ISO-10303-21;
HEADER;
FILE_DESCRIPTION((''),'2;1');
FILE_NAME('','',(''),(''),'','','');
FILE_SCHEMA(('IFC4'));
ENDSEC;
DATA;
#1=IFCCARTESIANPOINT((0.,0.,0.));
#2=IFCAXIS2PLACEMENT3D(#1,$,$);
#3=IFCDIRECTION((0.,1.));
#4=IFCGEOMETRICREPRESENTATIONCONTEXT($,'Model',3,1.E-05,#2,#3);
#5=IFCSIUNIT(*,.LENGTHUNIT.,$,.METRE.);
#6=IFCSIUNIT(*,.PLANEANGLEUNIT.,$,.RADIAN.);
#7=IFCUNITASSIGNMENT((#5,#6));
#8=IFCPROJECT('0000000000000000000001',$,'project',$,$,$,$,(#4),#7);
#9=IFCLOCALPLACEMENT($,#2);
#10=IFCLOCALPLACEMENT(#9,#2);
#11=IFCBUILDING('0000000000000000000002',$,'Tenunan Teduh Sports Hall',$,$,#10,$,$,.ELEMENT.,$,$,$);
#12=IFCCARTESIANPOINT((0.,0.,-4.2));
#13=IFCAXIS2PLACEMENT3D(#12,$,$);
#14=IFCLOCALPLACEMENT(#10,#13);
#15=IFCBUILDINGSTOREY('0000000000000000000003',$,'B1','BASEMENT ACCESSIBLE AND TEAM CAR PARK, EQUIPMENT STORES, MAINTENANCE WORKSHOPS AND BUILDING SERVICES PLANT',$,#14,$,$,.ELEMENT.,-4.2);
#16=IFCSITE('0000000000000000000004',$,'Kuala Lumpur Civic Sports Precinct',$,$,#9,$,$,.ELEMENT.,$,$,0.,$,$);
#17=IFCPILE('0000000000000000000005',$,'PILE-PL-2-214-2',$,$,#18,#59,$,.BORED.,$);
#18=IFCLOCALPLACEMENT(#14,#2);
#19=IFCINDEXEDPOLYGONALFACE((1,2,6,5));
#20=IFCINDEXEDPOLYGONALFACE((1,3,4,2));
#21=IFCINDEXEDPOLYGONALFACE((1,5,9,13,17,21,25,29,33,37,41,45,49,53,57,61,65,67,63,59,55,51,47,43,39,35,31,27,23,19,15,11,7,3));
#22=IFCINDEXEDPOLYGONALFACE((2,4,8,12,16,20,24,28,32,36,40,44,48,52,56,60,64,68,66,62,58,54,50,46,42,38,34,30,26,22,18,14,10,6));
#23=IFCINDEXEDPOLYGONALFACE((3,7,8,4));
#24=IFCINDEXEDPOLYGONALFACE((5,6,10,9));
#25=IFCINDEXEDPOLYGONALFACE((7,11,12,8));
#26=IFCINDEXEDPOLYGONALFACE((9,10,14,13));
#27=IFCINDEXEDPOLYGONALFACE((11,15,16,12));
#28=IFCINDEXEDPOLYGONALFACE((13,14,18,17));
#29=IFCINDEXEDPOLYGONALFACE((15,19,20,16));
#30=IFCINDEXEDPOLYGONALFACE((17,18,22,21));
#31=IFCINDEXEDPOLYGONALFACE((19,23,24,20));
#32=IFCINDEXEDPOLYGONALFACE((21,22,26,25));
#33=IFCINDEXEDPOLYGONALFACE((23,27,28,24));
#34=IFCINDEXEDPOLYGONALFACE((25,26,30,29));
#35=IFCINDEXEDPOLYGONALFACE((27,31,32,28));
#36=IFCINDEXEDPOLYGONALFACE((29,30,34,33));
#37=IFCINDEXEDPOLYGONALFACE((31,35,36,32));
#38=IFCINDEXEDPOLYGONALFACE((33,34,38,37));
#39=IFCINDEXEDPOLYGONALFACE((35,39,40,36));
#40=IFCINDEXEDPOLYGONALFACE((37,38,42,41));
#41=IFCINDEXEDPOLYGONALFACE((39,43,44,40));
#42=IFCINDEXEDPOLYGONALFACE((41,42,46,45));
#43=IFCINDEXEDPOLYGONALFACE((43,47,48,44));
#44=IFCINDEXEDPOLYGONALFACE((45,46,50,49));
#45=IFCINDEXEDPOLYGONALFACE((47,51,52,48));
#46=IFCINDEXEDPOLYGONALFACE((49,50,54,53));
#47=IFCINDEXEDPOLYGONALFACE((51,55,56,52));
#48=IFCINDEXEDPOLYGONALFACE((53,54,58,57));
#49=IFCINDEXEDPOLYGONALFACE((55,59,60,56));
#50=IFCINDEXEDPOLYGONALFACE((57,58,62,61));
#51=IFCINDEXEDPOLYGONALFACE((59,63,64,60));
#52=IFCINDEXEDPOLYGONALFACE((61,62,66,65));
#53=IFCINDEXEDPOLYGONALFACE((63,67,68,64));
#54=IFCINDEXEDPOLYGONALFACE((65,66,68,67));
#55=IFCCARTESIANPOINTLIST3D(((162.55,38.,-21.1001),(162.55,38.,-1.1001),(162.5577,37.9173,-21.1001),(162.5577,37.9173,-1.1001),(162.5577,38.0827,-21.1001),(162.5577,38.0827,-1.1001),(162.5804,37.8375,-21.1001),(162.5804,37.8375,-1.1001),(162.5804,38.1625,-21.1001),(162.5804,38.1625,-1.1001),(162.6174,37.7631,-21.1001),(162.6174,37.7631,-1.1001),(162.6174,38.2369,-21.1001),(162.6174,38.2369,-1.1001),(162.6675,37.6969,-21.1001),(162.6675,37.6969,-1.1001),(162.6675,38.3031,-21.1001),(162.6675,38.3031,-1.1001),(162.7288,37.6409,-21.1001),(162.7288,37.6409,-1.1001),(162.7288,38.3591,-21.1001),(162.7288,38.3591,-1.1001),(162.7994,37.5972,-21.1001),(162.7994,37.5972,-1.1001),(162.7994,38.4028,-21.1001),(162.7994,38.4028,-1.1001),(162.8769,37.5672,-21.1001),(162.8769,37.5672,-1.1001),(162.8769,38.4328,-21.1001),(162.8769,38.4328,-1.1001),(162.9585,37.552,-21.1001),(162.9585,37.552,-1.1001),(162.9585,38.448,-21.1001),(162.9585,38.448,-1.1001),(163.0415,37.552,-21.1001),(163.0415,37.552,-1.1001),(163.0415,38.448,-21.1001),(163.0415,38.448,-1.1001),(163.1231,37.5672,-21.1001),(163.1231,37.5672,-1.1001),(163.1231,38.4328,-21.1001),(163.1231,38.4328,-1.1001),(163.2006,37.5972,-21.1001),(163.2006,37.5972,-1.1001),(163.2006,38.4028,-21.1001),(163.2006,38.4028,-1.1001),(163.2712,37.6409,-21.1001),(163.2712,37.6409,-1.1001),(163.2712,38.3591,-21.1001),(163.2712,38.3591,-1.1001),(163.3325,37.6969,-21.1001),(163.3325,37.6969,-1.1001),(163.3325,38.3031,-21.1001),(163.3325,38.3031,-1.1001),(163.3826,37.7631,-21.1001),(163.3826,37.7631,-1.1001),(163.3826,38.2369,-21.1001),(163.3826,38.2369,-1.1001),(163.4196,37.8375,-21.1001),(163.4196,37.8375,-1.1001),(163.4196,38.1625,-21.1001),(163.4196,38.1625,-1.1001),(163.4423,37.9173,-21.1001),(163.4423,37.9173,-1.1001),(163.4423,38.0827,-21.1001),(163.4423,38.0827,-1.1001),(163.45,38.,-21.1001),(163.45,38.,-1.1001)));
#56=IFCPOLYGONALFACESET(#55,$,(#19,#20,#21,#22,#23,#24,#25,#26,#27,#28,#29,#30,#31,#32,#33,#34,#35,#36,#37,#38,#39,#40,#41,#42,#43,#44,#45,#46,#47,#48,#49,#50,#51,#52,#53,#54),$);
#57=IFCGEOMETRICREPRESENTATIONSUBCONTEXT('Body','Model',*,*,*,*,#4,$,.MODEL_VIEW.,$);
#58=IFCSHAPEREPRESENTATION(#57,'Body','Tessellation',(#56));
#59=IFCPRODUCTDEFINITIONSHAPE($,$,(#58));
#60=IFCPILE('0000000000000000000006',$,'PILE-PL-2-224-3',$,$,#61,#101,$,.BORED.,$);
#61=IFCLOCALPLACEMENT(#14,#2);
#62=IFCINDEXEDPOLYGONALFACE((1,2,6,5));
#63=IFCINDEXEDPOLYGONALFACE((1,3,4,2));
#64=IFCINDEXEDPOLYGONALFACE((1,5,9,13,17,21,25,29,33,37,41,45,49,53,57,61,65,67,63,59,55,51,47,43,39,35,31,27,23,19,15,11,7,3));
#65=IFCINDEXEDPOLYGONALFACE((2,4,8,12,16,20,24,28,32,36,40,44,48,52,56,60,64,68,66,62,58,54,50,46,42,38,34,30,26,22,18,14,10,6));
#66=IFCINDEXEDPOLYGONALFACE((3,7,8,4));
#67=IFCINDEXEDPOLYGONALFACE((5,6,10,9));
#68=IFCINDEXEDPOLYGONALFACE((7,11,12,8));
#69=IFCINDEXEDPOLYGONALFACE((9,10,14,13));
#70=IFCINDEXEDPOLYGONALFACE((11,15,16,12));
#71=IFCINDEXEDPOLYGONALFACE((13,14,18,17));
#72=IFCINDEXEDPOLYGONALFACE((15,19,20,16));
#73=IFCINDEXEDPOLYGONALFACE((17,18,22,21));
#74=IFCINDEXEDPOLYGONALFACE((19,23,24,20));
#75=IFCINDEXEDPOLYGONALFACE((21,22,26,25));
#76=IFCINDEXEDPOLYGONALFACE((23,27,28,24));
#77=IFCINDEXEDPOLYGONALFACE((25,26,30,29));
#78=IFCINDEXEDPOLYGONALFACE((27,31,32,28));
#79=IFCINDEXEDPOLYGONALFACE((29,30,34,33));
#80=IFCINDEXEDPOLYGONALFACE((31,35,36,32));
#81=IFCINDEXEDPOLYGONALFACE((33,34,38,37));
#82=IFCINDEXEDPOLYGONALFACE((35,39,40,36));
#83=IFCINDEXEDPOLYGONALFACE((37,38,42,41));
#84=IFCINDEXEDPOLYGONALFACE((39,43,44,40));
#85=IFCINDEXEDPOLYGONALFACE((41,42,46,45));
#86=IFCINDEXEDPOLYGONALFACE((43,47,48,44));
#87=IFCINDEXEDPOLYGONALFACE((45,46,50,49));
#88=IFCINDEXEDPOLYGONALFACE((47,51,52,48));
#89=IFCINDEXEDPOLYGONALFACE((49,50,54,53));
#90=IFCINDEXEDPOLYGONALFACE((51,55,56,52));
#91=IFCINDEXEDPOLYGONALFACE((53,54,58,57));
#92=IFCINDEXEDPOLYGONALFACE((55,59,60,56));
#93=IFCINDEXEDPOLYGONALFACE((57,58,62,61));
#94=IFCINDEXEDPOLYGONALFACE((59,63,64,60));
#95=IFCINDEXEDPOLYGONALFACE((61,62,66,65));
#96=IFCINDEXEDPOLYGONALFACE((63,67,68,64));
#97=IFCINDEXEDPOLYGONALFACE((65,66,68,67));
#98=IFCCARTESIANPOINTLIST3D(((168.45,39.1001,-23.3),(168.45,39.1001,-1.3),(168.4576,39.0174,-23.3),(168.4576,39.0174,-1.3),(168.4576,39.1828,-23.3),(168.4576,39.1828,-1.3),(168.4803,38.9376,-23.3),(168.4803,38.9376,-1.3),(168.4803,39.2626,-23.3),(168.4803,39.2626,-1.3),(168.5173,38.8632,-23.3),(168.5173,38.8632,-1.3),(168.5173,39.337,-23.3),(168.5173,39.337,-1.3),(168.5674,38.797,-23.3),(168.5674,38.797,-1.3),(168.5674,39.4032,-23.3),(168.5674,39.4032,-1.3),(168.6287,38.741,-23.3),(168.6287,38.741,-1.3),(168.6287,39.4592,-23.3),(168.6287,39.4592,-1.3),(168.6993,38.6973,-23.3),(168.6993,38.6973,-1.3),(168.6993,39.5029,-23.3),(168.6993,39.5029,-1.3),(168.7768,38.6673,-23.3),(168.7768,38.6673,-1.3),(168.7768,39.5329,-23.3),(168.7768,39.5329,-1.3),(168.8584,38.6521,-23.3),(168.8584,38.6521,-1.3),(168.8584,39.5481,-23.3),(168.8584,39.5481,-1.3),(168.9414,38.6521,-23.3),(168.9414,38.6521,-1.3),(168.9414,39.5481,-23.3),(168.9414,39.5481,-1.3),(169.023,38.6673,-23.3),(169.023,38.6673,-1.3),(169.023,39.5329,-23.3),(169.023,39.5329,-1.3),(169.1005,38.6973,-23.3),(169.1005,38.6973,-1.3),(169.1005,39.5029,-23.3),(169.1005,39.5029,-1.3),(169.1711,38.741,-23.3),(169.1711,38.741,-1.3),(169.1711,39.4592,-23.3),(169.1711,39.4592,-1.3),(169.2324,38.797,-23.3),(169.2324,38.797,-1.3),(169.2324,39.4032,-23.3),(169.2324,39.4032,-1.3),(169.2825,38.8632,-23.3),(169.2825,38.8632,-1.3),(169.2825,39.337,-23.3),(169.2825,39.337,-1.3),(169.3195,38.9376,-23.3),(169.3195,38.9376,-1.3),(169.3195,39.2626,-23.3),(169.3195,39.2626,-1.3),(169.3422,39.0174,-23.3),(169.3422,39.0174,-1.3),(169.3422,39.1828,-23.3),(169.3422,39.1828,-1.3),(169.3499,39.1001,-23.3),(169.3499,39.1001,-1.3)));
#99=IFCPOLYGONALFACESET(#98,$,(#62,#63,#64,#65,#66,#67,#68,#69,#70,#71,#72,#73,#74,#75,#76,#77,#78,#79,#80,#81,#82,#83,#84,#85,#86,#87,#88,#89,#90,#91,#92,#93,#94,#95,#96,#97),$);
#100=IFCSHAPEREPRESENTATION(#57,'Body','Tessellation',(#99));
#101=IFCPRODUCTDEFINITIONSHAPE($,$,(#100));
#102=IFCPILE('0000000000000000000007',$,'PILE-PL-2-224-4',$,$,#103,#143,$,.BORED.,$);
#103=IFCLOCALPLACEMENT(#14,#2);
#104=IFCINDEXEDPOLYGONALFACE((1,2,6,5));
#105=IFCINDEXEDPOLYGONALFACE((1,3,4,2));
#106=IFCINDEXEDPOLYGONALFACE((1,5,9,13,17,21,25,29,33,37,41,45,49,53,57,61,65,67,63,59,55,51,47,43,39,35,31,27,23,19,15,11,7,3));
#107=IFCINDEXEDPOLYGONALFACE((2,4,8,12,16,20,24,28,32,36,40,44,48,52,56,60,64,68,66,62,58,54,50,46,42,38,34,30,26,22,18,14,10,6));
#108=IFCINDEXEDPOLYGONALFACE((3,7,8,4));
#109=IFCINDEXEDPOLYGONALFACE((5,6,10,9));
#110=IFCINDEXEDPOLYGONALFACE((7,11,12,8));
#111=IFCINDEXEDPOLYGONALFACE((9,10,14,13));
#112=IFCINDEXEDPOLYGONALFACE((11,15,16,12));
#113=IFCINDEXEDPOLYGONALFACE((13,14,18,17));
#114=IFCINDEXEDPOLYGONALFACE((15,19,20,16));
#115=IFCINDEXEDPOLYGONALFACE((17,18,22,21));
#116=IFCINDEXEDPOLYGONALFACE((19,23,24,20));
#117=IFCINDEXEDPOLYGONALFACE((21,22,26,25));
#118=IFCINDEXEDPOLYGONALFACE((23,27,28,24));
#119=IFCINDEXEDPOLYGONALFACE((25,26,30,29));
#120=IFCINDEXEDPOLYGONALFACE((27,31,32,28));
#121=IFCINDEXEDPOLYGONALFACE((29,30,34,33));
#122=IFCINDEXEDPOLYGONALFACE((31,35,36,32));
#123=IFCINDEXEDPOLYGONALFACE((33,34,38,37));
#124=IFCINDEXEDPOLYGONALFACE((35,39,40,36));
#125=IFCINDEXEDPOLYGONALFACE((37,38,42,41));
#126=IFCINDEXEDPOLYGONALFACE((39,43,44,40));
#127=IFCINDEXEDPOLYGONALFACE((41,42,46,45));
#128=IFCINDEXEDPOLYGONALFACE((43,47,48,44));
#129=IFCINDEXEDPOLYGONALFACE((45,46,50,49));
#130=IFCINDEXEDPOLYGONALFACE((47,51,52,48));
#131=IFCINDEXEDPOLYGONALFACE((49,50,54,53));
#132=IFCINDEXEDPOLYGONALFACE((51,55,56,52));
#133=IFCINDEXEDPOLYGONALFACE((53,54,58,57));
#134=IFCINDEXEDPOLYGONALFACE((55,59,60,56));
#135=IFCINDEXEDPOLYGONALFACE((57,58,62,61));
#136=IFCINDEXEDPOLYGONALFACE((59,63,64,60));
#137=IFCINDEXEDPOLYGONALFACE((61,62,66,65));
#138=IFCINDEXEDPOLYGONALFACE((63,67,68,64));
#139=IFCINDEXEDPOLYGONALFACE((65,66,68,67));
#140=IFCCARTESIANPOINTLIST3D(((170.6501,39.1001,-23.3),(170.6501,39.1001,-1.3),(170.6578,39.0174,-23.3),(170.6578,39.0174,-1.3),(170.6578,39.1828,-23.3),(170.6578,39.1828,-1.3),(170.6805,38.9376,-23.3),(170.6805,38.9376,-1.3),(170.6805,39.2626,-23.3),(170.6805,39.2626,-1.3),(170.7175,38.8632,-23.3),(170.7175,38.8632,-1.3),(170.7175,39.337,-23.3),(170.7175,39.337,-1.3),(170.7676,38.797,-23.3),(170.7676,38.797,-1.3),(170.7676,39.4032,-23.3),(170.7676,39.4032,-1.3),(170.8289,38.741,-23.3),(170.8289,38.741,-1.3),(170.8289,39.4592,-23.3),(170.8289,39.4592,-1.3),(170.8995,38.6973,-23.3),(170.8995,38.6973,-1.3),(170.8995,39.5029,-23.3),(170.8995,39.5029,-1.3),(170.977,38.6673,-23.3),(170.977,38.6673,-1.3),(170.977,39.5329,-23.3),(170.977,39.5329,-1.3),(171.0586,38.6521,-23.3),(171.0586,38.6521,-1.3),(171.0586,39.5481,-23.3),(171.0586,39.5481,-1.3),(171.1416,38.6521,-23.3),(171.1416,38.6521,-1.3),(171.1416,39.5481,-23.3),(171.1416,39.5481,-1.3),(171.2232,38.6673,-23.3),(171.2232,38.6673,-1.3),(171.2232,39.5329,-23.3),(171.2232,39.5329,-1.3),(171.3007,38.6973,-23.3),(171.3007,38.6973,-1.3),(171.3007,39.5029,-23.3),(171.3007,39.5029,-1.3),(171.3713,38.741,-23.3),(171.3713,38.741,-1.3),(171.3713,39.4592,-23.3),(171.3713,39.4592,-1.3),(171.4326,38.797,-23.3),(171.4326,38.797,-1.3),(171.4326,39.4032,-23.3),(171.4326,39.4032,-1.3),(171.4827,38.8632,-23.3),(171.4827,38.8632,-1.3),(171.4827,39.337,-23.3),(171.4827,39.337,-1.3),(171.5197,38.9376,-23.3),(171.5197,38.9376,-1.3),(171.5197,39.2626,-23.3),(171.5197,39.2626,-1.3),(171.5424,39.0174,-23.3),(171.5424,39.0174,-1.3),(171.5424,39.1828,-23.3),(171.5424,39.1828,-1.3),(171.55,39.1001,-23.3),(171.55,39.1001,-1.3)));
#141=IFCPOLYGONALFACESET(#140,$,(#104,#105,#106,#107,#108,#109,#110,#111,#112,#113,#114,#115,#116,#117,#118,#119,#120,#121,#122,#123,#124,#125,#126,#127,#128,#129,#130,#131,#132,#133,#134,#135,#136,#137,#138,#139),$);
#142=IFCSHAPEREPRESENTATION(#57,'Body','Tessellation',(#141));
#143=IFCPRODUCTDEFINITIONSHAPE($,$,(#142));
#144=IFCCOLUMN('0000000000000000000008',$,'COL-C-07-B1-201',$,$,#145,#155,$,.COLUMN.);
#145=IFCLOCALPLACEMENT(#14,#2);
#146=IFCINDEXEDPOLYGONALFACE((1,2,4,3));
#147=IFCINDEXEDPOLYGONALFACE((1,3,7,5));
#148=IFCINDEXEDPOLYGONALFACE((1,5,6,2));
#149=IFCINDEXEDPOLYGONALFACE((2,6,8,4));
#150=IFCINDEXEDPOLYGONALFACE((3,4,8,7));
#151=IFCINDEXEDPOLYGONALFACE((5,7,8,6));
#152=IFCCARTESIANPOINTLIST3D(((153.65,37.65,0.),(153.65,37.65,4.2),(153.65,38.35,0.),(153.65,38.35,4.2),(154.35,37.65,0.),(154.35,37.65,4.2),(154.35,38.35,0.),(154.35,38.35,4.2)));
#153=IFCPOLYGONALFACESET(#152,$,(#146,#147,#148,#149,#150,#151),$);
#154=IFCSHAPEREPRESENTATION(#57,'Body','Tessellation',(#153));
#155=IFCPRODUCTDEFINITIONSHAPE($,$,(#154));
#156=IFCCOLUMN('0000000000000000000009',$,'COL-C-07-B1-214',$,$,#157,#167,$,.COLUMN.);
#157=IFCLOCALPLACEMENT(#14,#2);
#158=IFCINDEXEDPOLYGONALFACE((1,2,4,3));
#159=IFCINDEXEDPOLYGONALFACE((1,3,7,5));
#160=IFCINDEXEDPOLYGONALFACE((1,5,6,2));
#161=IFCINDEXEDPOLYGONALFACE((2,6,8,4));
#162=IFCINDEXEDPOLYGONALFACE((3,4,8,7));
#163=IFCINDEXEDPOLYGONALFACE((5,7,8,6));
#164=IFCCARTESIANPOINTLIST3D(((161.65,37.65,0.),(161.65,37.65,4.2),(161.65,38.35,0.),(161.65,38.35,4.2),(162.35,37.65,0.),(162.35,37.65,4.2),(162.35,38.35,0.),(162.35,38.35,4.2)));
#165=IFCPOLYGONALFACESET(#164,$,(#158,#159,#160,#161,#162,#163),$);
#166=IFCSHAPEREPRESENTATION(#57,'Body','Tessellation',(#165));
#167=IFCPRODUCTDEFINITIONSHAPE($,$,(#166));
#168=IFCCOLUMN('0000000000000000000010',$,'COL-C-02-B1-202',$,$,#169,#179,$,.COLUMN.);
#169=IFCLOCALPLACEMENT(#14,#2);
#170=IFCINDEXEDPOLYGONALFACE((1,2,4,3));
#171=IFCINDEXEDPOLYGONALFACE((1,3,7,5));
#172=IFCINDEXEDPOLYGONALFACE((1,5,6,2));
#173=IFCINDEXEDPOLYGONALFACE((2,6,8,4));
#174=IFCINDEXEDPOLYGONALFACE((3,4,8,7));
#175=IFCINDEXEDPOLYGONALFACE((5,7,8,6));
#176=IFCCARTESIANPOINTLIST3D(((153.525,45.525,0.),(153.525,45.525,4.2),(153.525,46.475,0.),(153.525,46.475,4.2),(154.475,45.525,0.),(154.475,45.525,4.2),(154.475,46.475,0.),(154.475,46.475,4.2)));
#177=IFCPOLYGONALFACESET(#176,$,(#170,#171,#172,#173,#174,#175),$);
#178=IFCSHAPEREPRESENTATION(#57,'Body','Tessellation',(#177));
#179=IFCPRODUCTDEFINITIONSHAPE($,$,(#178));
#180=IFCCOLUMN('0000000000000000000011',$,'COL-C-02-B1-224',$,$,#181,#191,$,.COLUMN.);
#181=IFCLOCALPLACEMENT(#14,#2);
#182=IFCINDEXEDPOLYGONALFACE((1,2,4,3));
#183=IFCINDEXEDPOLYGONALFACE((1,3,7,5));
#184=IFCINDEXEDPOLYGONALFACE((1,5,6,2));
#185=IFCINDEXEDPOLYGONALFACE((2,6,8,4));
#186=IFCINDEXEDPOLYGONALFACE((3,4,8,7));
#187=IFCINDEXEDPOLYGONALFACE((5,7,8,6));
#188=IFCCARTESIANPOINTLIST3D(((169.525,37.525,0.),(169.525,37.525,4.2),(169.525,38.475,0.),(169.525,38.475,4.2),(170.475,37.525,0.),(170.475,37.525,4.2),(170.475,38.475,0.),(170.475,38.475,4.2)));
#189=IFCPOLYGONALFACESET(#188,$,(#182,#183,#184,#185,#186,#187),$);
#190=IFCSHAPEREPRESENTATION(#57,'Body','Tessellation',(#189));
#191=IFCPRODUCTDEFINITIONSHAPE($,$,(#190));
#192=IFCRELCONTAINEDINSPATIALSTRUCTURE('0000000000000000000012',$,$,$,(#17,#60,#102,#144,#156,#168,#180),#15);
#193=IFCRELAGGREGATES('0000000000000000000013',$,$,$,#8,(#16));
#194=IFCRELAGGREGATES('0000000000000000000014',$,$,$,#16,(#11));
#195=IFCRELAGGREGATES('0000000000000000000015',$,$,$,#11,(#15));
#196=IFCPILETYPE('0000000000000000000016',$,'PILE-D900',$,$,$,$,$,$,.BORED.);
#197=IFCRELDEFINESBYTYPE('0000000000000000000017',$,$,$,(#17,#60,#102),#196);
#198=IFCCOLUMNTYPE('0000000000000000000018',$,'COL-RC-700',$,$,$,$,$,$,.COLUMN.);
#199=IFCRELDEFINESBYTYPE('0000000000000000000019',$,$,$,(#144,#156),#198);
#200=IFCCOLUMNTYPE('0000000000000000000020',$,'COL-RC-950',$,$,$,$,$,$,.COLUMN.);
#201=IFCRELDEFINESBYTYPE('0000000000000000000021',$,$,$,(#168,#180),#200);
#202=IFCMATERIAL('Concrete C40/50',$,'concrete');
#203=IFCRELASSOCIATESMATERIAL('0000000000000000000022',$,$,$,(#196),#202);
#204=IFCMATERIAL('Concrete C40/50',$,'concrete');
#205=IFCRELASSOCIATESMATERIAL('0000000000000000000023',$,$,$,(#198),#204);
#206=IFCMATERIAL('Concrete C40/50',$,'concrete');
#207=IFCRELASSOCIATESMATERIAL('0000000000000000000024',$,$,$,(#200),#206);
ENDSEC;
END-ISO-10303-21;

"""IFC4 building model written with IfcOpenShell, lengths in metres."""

from ifc_helpers import new_model, si_unit, direction, frame, origin, origin_2d, place, context, subcontext, project, spatial, rectangle, circle, extrude, material, material_profile, profile_set, type_object, element, save


model = new_model("IFC4")

# Units and contexts
model_context = context("Model", 3, precision=1e-05, world=origin(), true_north=direction((0.0, 1.0)))
body_context = subcontext(model_context, "Body", "Model", "MODEL_VIEW")
ifc_project = project(units=[si_unit("LENGTHUNIT", "METRE"), si_unit("PLANEANGLEUNIT", "RADIAN")], contexts=[model_context])

# Site, building, storey
site_placement = place(None, origin())
site = spatial("IfcSite", under=ifc_project, at=site_placement, Name="Kuala Lumpur Civic Sports Precinct", CompositionType="ELEMENT", RefElevation=0.0)
building_placement = place(site_placement, origin())
building = spatial("IfcBuilding", under=site, at=building_placement, Name="Tenunan Teduh Sports Hall", CompositionType="ELEMENT")
storey_placement = place(building_placement, frame((0.0, 0.0, -4.2)))
storey = spatial("IfcBuildingStorey", under=building, at=storey_placement, Name="B1", Description="BASEMENT ACCESSIBLE AND TEAM CAR PARK, EQUIPMENT STORES, MAINTENANCE WORKSHOPS AND BUILDING SERVICES PLANT", CompositionType="ELEMENT", Elevation=-4.2)

# Piles
ifc_material_1 = material(Name="Concrete C40/50", Category="concrete")
ifc_material_profile_1 = material_profile(ifc_material_1, circle(Radius=0.45, at=origin_2d()), Name="PILE D900")
ifc_profile_set_1 = profile_set([ifc_material_profile_1], Name="Concrete C40/50")
pile_type_1 = type_object("IfcPileType", Name="PILE-D900", PredefinedType="BORED", material=ifc_profile_set_1)
for number, where, z_axis, x_axis, name in (
    (1, (163.0, 38.0, -1.1001), (0.0, 0.0, -1.0), (1.0, 0.0, 0.0), "PILE-PL-2-214-2"),
):
    element("IfcPile", number, at=place(storey_placement, frame(where, z_axis=z_axis, x_axis=x_axis)), inside=storey, type_object=pile_type_1, Name=name, PredefinedType="BORED", context=body_context, shape_type="SweptSolid", body=[
        extrude(circle(Radius=0.45, at=origin_2d()), origin(), (0.0, 0.0, 1.0), 20.0),
    ])
for number, where, z_axis, x_axis, name in (
    (2, (168.8999, 39.1001, -1.3), (0.0, 0.0, -1.0), (1.0, 0.0, 0.0), "PILE-PL-2-224-3"),
    (3, (171.1001, 39.1001, -1.3), (0.0, 0.0, -1.0), (1.0, 0.0, 0.0), "PILE-PL-2-224-4"),
):
    element("IfcPile", number, at=place(storey_placement, frame(where, z_axis=z_axis, x_axis=x_axis)), inside=storey, type_object=pile_type_1, Name=name, PredefinedType="BORED", context=body_context, shape_type="SweptSolid", body=[
        extrude(circle(Radius=0.45, at=origin_2d()), origin(), (0.0, 0.0, 1.0), 22.0),
    ])

# Columns
ifc_material_2 = material(Name="Concrete C40/50", Category="concrete")
ifc_material_profile_2 = material_profile(ifc_material_2, rectangle(XDim=0.7, YDim=0.7, at=origin_2d()), Name="RC 700x700")
ifc_profile_set_2 = profile_set([ifc_material_profile_2], Name="Concrete C40/50")
column_type_1 = type_object("IfcColumnType", Name="COL-RC-700", PredefinedType="COLUMN", material=ifc_profile_set_2)
for number, where, z_axis, x_axis, name in (
    (4, (154.0, 38.0, 0.0), (0.0, 0.0, 1.0), (1.0, 0.0, 0.0), "COL-C-07-B1-201"),
    (5, (162.0, 38.0, 0.0), (0.0, 0.0, 1.0), (1.0, 0.0, 0.0), "COL-C-07-B1-214"),
):
    element("IfcColumn", number, at=place(storey_placement, frame(where, z_axis=z_axis, x_axis=x_axis)), inside=storey, type_object=column_type_1, Name=name, PredefinedType="COLUMN", context=body_context, shape_type="SweptSolid", body=[
        extrude(rectangle(XDim=0.7, YDim=0.7, at=origin_2d()), origin(), (0.0, 0.0, 1.0), 4.2),
    ])
ifc_material_3 = material(Name="Concrete C40/50", Category="concrete")
ifc_material_profile_3 = material_profile(ifc_material_3, rectangle(XDim=0.95, YDim=0.95, at=origin_2d()), Name="RC 950x950")
ifc_profile_set_3 = profile_set([ifc_material_profile_3], Name="Concrete C40/50")
column_type_2 = type_object("IfcColumnType", Name="COL-RC-950", PredefinedType="COLUMN", material=ifc_profile_set_3)
for number, where, z_axis, x_axis, name in (
    (6, (154.0, 46.0, 0.0), (0.0, 0.0, 1.0), (1.0, 0.0, 0.0), "COL-C-02-B1-202"),
    (7, (170.0, 38.0, 0.0), (0.0, 0.0, 1.0), (1.0, 0.0, 0.0), "COL-C-02-B1-224"),
):
    element("IfcColumn", number, at=place(storey_placement, frame(where, z_axis=z_axis, x_axis=x_axis)), inside=storey, type_object=column_type_2, Name=name, PredefinedType="COLUMN", context=body_context, shape_type="SweptSolid", body=[
        extrude(rectangle(XDim=0.95, YDim=0.95, at=origin_2d()), origin(), (0.0, 0.0, 1.0), 4.2),
    ])

save(model, "model.ifc")
